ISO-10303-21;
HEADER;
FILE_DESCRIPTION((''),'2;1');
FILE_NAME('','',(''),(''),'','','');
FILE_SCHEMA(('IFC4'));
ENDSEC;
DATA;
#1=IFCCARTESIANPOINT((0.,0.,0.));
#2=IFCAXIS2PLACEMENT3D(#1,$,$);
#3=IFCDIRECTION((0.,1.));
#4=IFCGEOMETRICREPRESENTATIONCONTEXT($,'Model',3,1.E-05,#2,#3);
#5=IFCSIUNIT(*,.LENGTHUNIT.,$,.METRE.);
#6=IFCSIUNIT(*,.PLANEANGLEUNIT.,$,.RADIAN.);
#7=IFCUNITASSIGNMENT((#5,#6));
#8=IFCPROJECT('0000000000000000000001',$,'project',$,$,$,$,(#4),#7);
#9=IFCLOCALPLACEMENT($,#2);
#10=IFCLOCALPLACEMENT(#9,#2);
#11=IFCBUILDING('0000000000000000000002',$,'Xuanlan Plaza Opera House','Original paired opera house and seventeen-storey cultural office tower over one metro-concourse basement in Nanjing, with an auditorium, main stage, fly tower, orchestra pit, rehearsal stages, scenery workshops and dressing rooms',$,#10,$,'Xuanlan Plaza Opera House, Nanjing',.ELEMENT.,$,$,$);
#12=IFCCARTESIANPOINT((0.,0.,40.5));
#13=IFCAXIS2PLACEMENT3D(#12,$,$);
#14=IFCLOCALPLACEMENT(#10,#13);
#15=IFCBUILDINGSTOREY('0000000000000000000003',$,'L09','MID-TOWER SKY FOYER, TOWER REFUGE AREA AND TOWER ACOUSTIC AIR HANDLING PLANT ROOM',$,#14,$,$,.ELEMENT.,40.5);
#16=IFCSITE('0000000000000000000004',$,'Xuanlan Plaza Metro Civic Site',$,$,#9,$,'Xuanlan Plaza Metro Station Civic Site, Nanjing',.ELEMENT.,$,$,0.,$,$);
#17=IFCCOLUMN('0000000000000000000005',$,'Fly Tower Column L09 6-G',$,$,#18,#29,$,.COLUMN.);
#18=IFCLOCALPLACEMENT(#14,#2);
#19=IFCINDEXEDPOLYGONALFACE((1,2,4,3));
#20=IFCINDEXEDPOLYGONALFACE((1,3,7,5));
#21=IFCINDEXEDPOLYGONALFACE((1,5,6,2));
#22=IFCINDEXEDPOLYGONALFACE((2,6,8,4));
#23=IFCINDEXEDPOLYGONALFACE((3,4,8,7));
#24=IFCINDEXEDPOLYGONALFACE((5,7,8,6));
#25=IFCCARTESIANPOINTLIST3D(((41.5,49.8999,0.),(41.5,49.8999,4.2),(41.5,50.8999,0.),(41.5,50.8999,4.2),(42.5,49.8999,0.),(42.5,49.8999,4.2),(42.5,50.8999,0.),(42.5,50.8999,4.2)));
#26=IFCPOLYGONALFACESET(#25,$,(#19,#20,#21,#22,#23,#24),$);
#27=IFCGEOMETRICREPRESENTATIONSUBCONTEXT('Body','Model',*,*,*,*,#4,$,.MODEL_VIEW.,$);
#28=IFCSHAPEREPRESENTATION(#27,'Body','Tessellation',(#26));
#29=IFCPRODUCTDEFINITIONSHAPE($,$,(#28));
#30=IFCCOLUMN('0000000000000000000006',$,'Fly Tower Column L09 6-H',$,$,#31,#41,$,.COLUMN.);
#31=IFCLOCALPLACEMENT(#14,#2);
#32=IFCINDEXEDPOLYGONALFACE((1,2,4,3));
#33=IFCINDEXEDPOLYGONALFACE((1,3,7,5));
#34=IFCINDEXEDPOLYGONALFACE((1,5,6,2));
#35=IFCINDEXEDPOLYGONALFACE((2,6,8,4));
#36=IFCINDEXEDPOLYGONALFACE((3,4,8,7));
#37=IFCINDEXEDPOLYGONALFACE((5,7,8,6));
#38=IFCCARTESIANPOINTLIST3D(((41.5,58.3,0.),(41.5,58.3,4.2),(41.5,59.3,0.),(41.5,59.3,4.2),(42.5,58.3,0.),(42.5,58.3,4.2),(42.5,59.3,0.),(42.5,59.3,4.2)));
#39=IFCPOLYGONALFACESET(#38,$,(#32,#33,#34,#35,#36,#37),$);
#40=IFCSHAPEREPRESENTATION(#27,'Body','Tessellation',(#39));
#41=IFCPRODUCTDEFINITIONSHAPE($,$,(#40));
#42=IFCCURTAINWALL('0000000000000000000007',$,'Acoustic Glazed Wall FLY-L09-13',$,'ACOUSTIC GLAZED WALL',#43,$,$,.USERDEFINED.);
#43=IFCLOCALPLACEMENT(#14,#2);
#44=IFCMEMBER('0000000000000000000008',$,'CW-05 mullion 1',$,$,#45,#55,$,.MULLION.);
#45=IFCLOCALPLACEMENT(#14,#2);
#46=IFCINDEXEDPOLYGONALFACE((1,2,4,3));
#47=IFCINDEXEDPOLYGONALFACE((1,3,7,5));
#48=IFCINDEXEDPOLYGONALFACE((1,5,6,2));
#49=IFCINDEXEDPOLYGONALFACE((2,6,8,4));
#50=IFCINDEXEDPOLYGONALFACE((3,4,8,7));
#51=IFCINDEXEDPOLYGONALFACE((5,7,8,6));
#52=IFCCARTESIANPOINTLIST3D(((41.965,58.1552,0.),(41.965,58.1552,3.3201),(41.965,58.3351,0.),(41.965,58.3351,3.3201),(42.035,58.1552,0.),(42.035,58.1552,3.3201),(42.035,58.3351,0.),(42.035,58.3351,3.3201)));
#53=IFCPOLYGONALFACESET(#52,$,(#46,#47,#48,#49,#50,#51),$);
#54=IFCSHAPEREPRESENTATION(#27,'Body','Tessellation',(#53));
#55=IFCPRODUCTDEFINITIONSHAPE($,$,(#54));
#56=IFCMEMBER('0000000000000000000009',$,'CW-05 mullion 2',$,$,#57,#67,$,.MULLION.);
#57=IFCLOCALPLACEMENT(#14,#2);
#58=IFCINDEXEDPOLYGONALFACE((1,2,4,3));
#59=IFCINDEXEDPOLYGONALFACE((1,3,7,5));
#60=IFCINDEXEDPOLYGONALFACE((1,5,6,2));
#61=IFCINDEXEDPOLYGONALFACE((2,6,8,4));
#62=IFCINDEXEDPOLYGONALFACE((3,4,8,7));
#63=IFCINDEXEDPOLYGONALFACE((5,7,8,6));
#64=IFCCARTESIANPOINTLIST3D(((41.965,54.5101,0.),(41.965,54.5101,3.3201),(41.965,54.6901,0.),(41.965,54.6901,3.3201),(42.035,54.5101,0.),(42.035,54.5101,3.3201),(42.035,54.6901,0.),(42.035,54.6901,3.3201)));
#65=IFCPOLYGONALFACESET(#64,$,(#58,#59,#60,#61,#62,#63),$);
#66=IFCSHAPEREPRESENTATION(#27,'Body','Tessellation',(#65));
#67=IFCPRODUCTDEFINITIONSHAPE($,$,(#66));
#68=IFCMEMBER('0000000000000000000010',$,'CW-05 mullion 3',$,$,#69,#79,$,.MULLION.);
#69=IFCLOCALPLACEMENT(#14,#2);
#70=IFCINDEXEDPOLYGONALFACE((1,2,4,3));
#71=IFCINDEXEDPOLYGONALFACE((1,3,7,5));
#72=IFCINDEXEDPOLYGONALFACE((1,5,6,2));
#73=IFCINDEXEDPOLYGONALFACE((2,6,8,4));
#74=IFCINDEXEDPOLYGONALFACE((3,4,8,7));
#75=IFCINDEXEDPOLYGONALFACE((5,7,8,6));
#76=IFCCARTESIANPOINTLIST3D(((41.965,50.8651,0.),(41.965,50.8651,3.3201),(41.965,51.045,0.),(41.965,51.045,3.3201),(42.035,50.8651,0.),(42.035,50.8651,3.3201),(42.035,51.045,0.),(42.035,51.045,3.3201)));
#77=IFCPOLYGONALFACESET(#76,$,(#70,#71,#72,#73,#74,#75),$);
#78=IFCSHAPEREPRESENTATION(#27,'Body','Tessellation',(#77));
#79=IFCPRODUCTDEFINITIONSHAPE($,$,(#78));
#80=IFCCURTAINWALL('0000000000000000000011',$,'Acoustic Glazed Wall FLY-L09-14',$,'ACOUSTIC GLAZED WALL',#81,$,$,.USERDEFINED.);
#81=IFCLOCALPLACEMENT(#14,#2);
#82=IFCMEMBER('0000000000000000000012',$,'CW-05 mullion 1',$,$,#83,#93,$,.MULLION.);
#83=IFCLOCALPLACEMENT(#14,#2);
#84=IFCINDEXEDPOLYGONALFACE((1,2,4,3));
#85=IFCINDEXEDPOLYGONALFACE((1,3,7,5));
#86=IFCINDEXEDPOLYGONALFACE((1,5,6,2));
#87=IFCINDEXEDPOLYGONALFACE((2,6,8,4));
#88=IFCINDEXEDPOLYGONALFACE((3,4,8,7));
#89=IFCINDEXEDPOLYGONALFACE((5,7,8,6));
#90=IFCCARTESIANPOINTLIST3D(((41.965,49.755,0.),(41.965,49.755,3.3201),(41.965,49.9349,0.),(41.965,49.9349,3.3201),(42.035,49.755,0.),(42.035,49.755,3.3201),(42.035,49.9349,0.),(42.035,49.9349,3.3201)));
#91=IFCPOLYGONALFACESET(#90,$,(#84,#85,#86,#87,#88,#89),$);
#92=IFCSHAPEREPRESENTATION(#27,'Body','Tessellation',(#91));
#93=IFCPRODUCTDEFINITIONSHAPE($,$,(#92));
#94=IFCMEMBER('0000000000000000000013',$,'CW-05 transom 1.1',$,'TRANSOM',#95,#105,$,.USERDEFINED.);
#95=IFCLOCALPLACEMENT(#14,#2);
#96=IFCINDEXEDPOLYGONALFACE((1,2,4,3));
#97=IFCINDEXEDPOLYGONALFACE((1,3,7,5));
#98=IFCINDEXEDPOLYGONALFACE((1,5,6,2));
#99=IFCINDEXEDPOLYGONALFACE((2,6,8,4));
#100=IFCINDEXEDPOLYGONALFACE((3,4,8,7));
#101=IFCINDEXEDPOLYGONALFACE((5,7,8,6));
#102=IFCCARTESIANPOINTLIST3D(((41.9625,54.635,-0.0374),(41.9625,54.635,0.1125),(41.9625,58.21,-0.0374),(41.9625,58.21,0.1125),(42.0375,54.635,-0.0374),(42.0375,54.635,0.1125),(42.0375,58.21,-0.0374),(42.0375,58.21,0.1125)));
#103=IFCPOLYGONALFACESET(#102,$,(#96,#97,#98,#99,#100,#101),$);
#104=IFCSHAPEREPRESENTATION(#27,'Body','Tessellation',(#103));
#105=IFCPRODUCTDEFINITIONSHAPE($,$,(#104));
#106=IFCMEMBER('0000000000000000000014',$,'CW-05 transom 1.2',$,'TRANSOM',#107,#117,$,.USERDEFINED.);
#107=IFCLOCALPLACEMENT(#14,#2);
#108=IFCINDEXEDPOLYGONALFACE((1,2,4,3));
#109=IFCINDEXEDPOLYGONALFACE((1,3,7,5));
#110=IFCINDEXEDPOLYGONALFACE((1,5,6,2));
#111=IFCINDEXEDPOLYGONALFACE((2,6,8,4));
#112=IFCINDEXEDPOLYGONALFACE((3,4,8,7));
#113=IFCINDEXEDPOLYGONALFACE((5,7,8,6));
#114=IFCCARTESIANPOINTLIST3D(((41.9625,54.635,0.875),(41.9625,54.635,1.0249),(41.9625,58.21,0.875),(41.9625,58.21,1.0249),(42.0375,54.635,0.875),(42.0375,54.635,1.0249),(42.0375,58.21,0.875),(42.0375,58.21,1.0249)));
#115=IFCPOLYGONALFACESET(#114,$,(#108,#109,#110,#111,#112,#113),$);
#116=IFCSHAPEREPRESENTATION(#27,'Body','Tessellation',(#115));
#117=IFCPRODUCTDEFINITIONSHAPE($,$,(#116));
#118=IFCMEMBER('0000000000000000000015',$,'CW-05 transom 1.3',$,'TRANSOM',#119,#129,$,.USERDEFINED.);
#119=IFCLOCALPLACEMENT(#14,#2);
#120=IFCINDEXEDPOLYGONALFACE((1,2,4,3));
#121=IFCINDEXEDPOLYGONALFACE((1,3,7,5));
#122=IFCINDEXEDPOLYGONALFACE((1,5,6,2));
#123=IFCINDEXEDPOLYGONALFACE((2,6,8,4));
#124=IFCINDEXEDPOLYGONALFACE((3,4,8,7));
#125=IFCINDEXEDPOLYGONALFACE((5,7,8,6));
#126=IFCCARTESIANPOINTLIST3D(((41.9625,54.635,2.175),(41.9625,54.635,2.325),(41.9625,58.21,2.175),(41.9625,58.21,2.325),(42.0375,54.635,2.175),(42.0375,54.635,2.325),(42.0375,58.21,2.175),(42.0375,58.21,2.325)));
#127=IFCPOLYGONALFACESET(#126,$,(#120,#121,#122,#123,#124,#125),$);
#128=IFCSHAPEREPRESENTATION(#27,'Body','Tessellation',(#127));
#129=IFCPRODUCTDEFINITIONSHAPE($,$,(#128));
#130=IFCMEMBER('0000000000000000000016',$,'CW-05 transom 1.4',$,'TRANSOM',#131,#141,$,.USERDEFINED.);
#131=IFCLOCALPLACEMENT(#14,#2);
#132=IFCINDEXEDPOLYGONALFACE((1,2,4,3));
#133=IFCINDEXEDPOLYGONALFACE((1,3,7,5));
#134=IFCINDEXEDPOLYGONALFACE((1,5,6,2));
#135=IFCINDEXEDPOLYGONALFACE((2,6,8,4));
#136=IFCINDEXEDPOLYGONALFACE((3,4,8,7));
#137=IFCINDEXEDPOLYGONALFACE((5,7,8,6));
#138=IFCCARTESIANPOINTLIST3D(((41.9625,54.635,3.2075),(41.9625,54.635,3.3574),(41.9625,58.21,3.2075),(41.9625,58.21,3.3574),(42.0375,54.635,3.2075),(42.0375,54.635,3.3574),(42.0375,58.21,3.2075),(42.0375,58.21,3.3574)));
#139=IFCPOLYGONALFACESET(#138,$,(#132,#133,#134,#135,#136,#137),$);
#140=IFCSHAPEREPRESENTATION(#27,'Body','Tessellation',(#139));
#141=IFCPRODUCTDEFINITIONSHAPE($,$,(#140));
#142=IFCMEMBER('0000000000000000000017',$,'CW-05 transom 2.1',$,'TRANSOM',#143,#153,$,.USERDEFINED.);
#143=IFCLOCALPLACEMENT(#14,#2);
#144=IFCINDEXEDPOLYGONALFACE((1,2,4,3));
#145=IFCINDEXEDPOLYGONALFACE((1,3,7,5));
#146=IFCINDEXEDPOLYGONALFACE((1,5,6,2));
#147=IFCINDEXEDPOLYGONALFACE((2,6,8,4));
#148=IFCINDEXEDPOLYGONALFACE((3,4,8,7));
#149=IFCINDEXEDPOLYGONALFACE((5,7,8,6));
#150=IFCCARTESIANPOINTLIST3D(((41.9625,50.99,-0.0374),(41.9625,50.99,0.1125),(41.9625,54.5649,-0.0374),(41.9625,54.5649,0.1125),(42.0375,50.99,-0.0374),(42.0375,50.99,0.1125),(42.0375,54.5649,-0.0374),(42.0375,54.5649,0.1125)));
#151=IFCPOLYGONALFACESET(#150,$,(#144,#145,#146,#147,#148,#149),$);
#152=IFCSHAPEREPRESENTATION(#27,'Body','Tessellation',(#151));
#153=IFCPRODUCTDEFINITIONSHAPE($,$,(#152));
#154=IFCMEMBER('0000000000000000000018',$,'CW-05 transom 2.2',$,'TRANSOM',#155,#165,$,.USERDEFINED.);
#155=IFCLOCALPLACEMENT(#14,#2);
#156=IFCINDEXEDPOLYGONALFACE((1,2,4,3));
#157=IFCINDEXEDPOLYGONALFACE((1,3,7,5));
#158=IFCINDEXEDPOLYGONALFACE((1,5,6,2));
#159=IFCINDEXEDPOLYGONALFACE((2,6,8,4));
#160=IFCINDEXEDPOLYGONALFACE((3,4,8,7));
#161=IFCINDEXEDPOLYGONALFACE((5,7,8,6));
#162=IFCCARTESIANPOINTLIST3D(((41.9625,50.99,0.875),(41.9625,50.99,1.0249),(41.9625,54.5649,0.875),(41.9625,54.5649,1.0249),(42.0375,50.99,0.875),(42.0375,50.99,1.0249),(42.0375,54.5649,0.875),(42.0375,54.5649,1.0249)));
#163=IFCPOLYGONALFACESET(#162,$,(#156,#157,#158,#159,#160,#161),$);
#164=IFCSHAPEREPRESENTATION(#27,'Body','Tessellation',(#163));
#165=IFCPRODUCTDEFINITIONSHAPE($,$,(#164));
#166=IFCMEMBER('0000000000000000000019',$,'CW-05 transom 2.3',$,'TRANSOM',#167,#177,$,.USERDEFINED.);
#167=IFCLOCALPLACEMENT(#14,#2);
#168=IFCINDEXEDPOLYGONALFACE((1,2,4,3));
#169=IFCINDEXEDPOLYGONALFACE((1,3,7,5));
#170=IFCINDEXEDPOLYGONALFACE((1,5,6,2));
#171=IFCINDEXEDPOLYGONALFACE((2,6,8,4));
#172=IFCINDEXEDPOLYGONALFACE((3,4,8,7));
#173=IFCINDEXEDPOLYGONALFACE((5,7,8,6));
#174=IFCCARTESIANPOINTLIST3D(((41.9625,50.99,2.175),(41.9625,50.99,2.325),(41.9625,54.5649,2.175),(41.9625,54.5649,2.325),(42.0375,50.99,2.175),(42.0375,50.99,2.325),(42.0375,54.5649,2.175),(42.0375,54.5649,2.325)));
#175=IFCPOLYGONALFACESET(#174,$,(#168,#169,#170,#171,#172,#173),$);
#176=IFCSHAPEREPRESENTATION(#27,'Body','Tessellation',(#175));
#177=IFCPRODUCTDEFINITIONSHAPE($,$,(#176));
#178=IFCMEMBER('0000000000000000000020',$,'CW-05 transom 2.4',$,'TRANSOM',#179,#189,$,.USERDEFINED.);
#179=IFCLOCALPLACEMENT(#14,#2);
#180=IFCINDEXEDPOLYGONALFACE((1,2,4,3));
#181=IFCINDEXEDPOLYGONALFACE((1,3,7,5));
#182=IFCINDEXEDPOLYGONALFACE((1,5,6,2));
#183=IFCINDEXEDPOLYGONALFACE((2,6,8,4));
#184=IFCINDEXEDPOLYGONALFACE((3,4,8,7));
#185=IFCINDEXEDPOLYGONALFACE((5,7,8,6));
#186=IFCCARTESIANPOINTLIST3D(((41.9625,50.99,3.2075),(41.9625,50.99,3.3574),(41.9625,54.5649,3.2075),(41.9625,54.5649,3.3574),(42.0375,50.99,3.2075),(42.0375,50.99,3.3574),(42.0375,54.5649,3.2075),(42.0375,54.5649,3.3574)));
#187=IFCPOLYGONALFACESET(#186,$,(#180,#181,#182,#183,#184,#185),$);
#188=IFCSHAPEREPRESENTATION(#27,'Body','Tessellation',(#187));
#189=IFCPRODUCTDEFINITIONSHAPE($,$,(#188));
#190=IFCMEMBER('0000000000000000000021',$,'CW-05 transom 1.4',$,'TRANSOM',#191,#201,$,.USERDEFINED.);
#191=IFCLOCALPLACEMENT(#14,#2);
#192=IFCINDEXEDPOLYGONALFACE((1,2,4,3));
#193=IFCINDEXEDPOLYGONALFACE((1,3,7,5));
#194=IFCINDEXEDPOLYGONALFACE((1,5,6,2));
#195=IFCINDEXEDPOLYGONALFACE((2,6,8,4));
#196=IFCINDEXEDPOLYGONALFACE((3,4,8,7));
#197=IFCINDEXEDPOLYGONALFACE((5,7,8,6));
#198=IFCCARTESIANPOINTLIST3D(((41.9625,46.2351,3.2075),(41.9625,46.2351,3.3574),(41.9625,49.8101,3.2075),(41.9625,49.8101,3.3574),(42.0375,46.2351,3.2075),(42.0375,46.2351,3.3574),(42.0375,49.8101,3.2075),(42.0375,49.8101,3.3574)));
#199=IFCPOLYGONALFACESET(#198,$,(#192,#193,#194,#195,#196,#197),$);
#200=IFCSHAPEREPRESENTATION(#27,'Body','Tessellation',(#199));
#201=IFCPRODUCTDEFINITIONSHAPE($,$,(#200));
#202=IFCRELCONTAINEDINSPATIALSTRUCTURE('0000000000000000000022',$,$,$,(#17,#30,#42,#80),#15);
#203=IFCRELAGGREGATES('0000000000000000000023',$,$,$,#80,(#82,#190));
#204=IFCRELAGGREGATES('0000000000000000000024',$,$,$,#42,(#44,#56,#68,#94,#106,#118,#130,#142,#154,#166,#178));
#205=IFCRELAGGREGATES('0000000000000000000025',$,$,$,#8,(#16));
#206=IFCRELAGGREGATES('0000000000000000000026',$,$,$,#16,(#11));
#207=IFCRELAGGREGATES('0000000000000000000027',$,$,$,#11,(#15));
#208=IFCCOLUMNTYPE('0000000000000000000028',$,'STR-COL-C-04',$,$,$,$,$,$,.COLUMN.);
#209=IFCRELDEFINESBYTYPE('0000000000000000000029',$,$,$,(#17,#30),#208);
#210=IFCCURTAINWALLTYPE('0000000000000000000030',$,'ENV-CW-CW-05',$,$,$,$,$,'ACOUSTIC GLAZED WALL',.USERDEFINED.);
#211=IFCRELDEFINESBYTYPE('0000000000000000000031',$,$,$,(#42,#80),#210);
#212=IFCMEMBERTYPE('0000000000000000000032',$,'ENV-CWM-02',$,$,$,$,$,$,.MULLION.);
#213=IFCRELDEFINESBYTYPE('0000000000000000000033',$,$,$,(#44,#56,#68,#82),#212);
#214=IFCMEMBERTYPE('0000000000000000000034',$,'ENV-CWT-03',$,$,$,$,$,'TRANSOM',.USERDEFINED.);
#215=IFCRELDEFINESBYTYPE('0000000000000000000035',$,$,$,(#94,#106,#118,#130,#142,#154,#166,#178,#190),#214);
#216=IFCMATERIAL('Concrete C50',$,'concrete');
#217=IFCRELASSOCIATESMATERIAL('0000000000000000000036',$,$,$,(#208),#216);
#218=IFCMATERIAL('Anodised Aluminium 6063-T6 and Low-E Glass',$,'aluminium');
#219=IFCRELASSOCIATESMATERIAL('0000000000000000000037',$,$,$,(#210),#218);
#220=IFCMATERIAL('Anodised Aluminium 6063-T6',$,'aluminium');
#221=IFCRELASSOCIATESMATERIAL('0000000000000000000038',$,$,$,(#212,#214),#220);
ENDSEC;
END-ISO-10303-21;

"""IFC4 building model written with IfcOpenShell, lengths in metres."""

from ifc_helpers import new_model, si_unit, direction, frame, origin, origin_2d, place, context, subcontext, project, spatial, rectangle, extrude, material, material_profile, profile_set, type_object, element, aggregate, save


model = new_model("IFC4")

# Units and contexts
model_context = context("Model", 3, precision=1e-05, world=origin(), true_north=direction((0.0, 1.0)))
body_context = subcontext(model_context, "Body", "Model", "MODEL_VIEW")
ifc_project = project(units=[si_unit("LENGTHUNIT", "METRE"), si_unit("PLANEANGLEUNIT", "RADIAN")], contexts=[model_context])

# Site, building, storey
site_placement = place(None, origin())
site = spatial("IfcSite", under=ifc_project, at=site_placement, Name="Xuanlan Plaza Metro Civic Site", LongName="Xuanlan Plaza Metro Station Civic Site, Nanjing", CompositionType="ELEMENT", RefElevation=0.0)
building_placement = place(site_placement, origin())
building = spatial("IfcBuilding", under=site, at=building_placement, Name="Xuanlan Plaza Opera House", Description="Original paired opera house and seventeen-storey cultural office tower over one metro-concourse basement in Nanjing, with an auditorium, main stage, fly tower, orchestra pit, rehearsal stages, scenery workshops and dressing rooms", LongName="Xuanlan Plaza Opera House, Nanjing", CompositionType="ELEMENT")
storey_placement = place(building_placement, frame((0.0, 0.0, 40.5)))
storey = spatial("IfcBuildingStorey", under=building, at=storey_placement, Name="L09", Description="MID-TOWER SKY FOYER, TOWER REFUGE AREA AND TOWER ACOUSTIC AIR HANDLING PLANT ROOM", CompositionType="ELEMENT", Elevation=40.5)

# Columns
ifc_material_1 = material(Name="Concrete C50", Category="concrete")
ifc_material_profile_1 = material_profile(ifc_material_1, rectangle(XDim=1.0, YDim=1.0, at=origin_2d()), Name="RC-COL 1000x1000")
ifc_profile_set_1 = profile_set([ifc_material_profile_1], Name="Concrete C50")
column_type = type_object("IfcColumnType", Name="STR-COL-C-04", PredefinedType="COLUMN", material=ifc_profile_set_1)
for number, where, z_axis, x_axis, name in (
    (1, (42.0, 50.3999, 0.0), (0.0, 0.0, 1.0), (1.0, 0.0, 0.0), "Fly Tower Column L09 6-G"),
    (2, (42.0, 58.8, 0.0), (0.0, 0.0, 1.0), (1.0, 0.0, 0.0), "Fly Tower Column L09 6-H"),
):
    element("IfcColumn", number, at=place(storey_placement, frame(where, z_axis=z_axis, x_axis=x_axis)), inside=storey, type_object=column_type, Name=name, PredefinedType="COLUMN", context=body_context, shape_type="SweptSolid", body=[
        extrude(rectangle(XDim=1.0, YDim=1.0, at=origin_2d()), origin(), (0.0, 0.0, 1.0), 4.2),
    ])

# Curtain wall, members
ifc_material_2 = material(Name="Anodised Aluminium 6063-T6 and Low-E Glass", Category="aluminium")
curtain_wall_type = type_object("IfcCurtainWallType", Name="ENV-CW-CW-05", ElementType="ACOUSTIC GLAZED WALL", PredefinedType="USERDEFINED", material=ifc_material_2)
curtain_wall_1_placement = place(storey_placement, origin())
curtain_wall_1 = element("IfcCurtainWall", 3, at=curtain_wall_1_placement, inside=storey, type_object=curtain_wall_type, Name="Acoustic Glazed Wall FLY-L09-13", ObjectType="ACOUSTIC GLAZED WALL", PredefinedType="USERDEFINED")
ifc_material_3 = material(Name="Anodised Aluminium 6063-T6", Category="aluminium")
ifc_material_profile_2 = material_profile(ifc_material_3, rectangle(XDim=0.0701, YDim=0.1799, at=origin_2d()), Name="ALU-M 70x180")
ifc_profile_set_2 = profile_set([ifc_material_profile_2], Name="Anodised Aluminium 6063-T6")
member_type_1 = type_object("IfcMemberType", Name="ENV-CWM-02", PredefinedType="MULLION", material=ifc_profile_set_2)
member_1_placement = place(storey_placement, frame((42.0, 58.2451, 0.0), z_axis=(0.0, 0.0, 1.0), x_axis=(1.0, 0.0, 0.0)))
member_1 = element("IfcMember", 4, at=member_1_placement, type_object=member_type_1, Name="CW-05 mullion 1", PredefinedType="MULLION", context=body_context, shape_type="SweptSolid", body=[
    extrude(rectangle(XDim=0.0701, YDim=0.1799, at=origin_2d()), origin(), (0.0, 0.0, 1.0), 3.3201),
])
member_2_placement = place(storey_placement, frame((42.0, 54.6001, 0.0), z_axis=(0.0, 0.0, 1.0), x_axis=(1.0, 0.0, 0.0)))
member_2 = element("IfcMember", 5, at=member_2_placement, type_object=member_type_1, Name="CW-05 mullion 2", PredefinedType="MULLION", context=body_context, shape_type="SweptSolid", body=[
    extrude(rectangle(XDim=0.0701, YDim=0.1799, at=origin_2d()), origin(), (0.0, 0.0, 1.0), 3.3201),
])
member_3_placement = place(storey_placement, frame((42.0, 50.9551, 0.0), z_axis=(0.0, 0.0, 1.0), x_axis=(1.0, 0.0, 0.0)))
member_3 = element("IfcMember", 6, at=member_3_placement, type_object=member_type_1, Name="CW-05 mullion 3", PredefinedType="MULLION", context=body_context, shape_type="SweptSolid", body=[
    extrude(rectangle(XDim=0.0701, YDim=0.1799, at=origin_2d()), origin(), (0.0, 0.0, 1.0), 3.3201),
])

# Curtain wall, member
curtain_wall_2_placement = place(storey_placement, origin())
curtain_wall_2 = element("IfcCurtainWall", 7, at=curtain_wall_2_placement, inside=storey, type_object=curtain_wall_type, Name="Acoustic Glazed Wall FLY-L09-14", ObjectType="ACOUSTIC GLAZED WALL", PredefinedType="USERDEFINED")
member_4_placement = place(storey_placement, frame((42.0, 49.845, 0.0), z_axis=(0.0, 0.0, 1.0), x_axis=(1.0, 0.0, 0.0)))
member_4 = element("IfcMember", 8, at=member_4_placement, type_object=member_type_1, Name="CW-05 mullion 1", PredefinedType="MULLION", context=body_context, shape_type="SweptSolid", body=[
    extrude(rectangle(XDim=0.0701, YDim=0.1799, at=origin_2d()), origin(), (0.0, 0.0, 1.0), 3.3201),
])

# Members
ifc_material_profile_3 = material_profile(ifc_material_3, rectangle(XDim=0.075, YDim=0.1499, at=origin_2d()), Name="ALU-T 75x150")
ifc_profile_set_3 = profile_set([ifc_material_profile_3], Name="Anodised Aluminium 6063-T6")
member_type_2 = type_object("IfcMemberType", Name="ENV-CWT-03", ElementType="TRANSOM", PredefinedType="USERDEFINED", material=ifc_profile_set_3)
member_5_placement = place(storey_placement, frame((42.0, 58.21, 0.0376), z_axis=(0.0, -1.0, 0.0), x_axis=(1.0, 0.0, 0.0)))
member_5 = element("IfcMember", 9, at=member_5_placement, type_object=member_type_2, Name="CW-05 transom 1.1", ObjectType="TRANSOM", PredefinedType="USERDEFINED", context=body_context, shape_type="SweptSolid", body=[
    extrude(rectangle(XDim=0.075, YDim=0.1499, at=origin_2d()), origin(), (0.0, 0.0, 1.0), 3.575),
])
member_6_placement = place(storey_placement, frame((42.0, 58.21, 0.95), z_axis=(0.0, -1.0, 0.0), x_axis=(1.0, 0.0, 0.0)))
member_6 = element("IfcMember", 10, at=member_6_placement, type_object=member_type_2, Name="CW-05 transom 1.2", ObjectType="TRANSOM", PredefinedType="USERDEFINED", context=body_context, shape_type="SweptSolid", body=[
    extrude(rectangle(XDim=0.075, YDim=0.1499, at=origin_2d()), origin(), (0.0, 0.0, 1.0), 3.575),
])
member_7_placement = place(storey_placement, frame((42.0, 58.21, 2.25), z_axis=(0.0, -1.0, 0.0), x_axis=(1.0, 0.0, 0.0)))
member_7 = element("IfcMember", 11, at=member_7_placement, type_object=member_type_2, Name="CW-05 transom 1.3", ObjectType="TRANSOM", PredefinedType="USERDEFINED", context=body_context, shape_type="SweptSolid", body=[
    extrude(rectangle(XDim=0.075, YDim=0.1499, at=origin_2d()), origin(), (0.0, 0.0, 1.0), 3.575),
])
member_8_placement = place(storey_placement, frame((42.0, 58.21, 3.2825), z_axis=(0.0, -1.0, 0.0), x_axis=(1.0, 0.0, 0.0)))
member_8 = element("IfcMember", 12, at=member_8_placement, type_object=member_type_2, Name="CW-05 transom 1.4", ObjectType="TRANSOM", PredefinedType="USERDEFINED", context=body_context, shape_type="SweptSolid", body=[
    extrude(rectangle(XDim=0.075, YDim=0.1499, at=origin_2d()), origin(), (0.0, 0.0, 1.0), 3.575),
])
member_9_placement = place(storey_placement, frame((42.0, 54.5649, 0.0376), z_axis=(0.0, -1.0, 0.0), x_axis=(1.0, 0.0, 0.0)))
member_9 = element("IfcMember", 13, at=member_9_placement, type_object=member_type_2, Name="CW-05 transom 2.1", ObjectType="TRANSOM", PredefinedType="USERDEFINED", context=body_context, shape_type="SweptSolid", body=[
    extrude(rectangle(XDim=0.075, YDim=0.1499, at=origin_2d()), origin(), (0.0, 0.0, 1.0), 3.575),
])
member_10_placement = place(storey_placement, frame((42.0, 54.5649, 0.95), z_axis=(0.0, -1.0, 0.0), x_axis=(1.0, 0.0, 0.0)))
member_10 = element("IfcMember", 14, at=member_10_placement, type_object=member_type_2, Name="CW-05 transom 2.2", ObjectType="TRANSOM", PredefinedType="USERDEFINED", context=body_context, shape_type="SweptSolid", body=[
    extrude(rectangle(XDim=0.075, YDim=0.1499, at=origin_2d()), origin(), (0.0, 0.0, 1.0), 3.575),
])
member_11_placement = place(storey_placement, frame((42.0, 54.5649, 2.25), z_axis=(0.0, -1.0, 0.0), x_axis=(1.0, 0.0, 0.0)))
member_11 = element("IfcMember", 15, at=member_11_placement, type_object=member_type_2, Name="CW-05 transom 2.3", ObjectType="TRANSOM", PredefinedType="USERDEFINED", context=body_context, shape_type="SweptSolid", body=[
    extrude(rectangle(XDim=0.075, YDim=0.1499, at=origin_2d()), origin(), (0.0, 0.0, 1.0), 3.575),
])
member_12_placement = place(storey_placement, frame((42.0, 54.5649, 3.2825), z_axis=(0.0, -1.0, 0.0), x_axis=(1.0, 0.0, 0.0)))
member_12 = element("IfcMember", 16, at=member_12_placement, type_object=member_type_2, Name="CW-05 transom 2.4", ObjectType="TRANSOM", PredefinedType="USERDEFINED", context=body_context, shape_type="SweptSolid", body=[
    extrude(rectangle(XDim=0.075, YDim=0.1499, at=origin_2d()), origin(), (0.0, 0.0, 1.0), 3.575),
])
member_13_placement = place(storey_placement, frame((42.0, 49.8101, 3.2825), z_axis=(0.0, -1.0, 0.0), x_axis=(1.0, 0.0, 0.0)))
member_13 = element("IfcMember", 17, at=member_13_placement, type_object=member_type_2, Name="CW-05 transom 1.4", ObjectType="TRANSOM", PredefinedType="USERDEFINED", context=body_context, shape_type="SweptSolid", body=[
    extrude(rectangle(XDim=0.075, YDim=0.1499, at=origin_2d()), origin(), (0.0, 0.0, 1.0), 3.575),
])
aggregate(curtain_wall_2, [member_4, member_13])

aggregate(curtain_wall_1, [member_1, member_2, member_3, member_5, member_6, member_7, member_8, member_9, member_10, member_11, member_12])

save(model, "model.ifc")
